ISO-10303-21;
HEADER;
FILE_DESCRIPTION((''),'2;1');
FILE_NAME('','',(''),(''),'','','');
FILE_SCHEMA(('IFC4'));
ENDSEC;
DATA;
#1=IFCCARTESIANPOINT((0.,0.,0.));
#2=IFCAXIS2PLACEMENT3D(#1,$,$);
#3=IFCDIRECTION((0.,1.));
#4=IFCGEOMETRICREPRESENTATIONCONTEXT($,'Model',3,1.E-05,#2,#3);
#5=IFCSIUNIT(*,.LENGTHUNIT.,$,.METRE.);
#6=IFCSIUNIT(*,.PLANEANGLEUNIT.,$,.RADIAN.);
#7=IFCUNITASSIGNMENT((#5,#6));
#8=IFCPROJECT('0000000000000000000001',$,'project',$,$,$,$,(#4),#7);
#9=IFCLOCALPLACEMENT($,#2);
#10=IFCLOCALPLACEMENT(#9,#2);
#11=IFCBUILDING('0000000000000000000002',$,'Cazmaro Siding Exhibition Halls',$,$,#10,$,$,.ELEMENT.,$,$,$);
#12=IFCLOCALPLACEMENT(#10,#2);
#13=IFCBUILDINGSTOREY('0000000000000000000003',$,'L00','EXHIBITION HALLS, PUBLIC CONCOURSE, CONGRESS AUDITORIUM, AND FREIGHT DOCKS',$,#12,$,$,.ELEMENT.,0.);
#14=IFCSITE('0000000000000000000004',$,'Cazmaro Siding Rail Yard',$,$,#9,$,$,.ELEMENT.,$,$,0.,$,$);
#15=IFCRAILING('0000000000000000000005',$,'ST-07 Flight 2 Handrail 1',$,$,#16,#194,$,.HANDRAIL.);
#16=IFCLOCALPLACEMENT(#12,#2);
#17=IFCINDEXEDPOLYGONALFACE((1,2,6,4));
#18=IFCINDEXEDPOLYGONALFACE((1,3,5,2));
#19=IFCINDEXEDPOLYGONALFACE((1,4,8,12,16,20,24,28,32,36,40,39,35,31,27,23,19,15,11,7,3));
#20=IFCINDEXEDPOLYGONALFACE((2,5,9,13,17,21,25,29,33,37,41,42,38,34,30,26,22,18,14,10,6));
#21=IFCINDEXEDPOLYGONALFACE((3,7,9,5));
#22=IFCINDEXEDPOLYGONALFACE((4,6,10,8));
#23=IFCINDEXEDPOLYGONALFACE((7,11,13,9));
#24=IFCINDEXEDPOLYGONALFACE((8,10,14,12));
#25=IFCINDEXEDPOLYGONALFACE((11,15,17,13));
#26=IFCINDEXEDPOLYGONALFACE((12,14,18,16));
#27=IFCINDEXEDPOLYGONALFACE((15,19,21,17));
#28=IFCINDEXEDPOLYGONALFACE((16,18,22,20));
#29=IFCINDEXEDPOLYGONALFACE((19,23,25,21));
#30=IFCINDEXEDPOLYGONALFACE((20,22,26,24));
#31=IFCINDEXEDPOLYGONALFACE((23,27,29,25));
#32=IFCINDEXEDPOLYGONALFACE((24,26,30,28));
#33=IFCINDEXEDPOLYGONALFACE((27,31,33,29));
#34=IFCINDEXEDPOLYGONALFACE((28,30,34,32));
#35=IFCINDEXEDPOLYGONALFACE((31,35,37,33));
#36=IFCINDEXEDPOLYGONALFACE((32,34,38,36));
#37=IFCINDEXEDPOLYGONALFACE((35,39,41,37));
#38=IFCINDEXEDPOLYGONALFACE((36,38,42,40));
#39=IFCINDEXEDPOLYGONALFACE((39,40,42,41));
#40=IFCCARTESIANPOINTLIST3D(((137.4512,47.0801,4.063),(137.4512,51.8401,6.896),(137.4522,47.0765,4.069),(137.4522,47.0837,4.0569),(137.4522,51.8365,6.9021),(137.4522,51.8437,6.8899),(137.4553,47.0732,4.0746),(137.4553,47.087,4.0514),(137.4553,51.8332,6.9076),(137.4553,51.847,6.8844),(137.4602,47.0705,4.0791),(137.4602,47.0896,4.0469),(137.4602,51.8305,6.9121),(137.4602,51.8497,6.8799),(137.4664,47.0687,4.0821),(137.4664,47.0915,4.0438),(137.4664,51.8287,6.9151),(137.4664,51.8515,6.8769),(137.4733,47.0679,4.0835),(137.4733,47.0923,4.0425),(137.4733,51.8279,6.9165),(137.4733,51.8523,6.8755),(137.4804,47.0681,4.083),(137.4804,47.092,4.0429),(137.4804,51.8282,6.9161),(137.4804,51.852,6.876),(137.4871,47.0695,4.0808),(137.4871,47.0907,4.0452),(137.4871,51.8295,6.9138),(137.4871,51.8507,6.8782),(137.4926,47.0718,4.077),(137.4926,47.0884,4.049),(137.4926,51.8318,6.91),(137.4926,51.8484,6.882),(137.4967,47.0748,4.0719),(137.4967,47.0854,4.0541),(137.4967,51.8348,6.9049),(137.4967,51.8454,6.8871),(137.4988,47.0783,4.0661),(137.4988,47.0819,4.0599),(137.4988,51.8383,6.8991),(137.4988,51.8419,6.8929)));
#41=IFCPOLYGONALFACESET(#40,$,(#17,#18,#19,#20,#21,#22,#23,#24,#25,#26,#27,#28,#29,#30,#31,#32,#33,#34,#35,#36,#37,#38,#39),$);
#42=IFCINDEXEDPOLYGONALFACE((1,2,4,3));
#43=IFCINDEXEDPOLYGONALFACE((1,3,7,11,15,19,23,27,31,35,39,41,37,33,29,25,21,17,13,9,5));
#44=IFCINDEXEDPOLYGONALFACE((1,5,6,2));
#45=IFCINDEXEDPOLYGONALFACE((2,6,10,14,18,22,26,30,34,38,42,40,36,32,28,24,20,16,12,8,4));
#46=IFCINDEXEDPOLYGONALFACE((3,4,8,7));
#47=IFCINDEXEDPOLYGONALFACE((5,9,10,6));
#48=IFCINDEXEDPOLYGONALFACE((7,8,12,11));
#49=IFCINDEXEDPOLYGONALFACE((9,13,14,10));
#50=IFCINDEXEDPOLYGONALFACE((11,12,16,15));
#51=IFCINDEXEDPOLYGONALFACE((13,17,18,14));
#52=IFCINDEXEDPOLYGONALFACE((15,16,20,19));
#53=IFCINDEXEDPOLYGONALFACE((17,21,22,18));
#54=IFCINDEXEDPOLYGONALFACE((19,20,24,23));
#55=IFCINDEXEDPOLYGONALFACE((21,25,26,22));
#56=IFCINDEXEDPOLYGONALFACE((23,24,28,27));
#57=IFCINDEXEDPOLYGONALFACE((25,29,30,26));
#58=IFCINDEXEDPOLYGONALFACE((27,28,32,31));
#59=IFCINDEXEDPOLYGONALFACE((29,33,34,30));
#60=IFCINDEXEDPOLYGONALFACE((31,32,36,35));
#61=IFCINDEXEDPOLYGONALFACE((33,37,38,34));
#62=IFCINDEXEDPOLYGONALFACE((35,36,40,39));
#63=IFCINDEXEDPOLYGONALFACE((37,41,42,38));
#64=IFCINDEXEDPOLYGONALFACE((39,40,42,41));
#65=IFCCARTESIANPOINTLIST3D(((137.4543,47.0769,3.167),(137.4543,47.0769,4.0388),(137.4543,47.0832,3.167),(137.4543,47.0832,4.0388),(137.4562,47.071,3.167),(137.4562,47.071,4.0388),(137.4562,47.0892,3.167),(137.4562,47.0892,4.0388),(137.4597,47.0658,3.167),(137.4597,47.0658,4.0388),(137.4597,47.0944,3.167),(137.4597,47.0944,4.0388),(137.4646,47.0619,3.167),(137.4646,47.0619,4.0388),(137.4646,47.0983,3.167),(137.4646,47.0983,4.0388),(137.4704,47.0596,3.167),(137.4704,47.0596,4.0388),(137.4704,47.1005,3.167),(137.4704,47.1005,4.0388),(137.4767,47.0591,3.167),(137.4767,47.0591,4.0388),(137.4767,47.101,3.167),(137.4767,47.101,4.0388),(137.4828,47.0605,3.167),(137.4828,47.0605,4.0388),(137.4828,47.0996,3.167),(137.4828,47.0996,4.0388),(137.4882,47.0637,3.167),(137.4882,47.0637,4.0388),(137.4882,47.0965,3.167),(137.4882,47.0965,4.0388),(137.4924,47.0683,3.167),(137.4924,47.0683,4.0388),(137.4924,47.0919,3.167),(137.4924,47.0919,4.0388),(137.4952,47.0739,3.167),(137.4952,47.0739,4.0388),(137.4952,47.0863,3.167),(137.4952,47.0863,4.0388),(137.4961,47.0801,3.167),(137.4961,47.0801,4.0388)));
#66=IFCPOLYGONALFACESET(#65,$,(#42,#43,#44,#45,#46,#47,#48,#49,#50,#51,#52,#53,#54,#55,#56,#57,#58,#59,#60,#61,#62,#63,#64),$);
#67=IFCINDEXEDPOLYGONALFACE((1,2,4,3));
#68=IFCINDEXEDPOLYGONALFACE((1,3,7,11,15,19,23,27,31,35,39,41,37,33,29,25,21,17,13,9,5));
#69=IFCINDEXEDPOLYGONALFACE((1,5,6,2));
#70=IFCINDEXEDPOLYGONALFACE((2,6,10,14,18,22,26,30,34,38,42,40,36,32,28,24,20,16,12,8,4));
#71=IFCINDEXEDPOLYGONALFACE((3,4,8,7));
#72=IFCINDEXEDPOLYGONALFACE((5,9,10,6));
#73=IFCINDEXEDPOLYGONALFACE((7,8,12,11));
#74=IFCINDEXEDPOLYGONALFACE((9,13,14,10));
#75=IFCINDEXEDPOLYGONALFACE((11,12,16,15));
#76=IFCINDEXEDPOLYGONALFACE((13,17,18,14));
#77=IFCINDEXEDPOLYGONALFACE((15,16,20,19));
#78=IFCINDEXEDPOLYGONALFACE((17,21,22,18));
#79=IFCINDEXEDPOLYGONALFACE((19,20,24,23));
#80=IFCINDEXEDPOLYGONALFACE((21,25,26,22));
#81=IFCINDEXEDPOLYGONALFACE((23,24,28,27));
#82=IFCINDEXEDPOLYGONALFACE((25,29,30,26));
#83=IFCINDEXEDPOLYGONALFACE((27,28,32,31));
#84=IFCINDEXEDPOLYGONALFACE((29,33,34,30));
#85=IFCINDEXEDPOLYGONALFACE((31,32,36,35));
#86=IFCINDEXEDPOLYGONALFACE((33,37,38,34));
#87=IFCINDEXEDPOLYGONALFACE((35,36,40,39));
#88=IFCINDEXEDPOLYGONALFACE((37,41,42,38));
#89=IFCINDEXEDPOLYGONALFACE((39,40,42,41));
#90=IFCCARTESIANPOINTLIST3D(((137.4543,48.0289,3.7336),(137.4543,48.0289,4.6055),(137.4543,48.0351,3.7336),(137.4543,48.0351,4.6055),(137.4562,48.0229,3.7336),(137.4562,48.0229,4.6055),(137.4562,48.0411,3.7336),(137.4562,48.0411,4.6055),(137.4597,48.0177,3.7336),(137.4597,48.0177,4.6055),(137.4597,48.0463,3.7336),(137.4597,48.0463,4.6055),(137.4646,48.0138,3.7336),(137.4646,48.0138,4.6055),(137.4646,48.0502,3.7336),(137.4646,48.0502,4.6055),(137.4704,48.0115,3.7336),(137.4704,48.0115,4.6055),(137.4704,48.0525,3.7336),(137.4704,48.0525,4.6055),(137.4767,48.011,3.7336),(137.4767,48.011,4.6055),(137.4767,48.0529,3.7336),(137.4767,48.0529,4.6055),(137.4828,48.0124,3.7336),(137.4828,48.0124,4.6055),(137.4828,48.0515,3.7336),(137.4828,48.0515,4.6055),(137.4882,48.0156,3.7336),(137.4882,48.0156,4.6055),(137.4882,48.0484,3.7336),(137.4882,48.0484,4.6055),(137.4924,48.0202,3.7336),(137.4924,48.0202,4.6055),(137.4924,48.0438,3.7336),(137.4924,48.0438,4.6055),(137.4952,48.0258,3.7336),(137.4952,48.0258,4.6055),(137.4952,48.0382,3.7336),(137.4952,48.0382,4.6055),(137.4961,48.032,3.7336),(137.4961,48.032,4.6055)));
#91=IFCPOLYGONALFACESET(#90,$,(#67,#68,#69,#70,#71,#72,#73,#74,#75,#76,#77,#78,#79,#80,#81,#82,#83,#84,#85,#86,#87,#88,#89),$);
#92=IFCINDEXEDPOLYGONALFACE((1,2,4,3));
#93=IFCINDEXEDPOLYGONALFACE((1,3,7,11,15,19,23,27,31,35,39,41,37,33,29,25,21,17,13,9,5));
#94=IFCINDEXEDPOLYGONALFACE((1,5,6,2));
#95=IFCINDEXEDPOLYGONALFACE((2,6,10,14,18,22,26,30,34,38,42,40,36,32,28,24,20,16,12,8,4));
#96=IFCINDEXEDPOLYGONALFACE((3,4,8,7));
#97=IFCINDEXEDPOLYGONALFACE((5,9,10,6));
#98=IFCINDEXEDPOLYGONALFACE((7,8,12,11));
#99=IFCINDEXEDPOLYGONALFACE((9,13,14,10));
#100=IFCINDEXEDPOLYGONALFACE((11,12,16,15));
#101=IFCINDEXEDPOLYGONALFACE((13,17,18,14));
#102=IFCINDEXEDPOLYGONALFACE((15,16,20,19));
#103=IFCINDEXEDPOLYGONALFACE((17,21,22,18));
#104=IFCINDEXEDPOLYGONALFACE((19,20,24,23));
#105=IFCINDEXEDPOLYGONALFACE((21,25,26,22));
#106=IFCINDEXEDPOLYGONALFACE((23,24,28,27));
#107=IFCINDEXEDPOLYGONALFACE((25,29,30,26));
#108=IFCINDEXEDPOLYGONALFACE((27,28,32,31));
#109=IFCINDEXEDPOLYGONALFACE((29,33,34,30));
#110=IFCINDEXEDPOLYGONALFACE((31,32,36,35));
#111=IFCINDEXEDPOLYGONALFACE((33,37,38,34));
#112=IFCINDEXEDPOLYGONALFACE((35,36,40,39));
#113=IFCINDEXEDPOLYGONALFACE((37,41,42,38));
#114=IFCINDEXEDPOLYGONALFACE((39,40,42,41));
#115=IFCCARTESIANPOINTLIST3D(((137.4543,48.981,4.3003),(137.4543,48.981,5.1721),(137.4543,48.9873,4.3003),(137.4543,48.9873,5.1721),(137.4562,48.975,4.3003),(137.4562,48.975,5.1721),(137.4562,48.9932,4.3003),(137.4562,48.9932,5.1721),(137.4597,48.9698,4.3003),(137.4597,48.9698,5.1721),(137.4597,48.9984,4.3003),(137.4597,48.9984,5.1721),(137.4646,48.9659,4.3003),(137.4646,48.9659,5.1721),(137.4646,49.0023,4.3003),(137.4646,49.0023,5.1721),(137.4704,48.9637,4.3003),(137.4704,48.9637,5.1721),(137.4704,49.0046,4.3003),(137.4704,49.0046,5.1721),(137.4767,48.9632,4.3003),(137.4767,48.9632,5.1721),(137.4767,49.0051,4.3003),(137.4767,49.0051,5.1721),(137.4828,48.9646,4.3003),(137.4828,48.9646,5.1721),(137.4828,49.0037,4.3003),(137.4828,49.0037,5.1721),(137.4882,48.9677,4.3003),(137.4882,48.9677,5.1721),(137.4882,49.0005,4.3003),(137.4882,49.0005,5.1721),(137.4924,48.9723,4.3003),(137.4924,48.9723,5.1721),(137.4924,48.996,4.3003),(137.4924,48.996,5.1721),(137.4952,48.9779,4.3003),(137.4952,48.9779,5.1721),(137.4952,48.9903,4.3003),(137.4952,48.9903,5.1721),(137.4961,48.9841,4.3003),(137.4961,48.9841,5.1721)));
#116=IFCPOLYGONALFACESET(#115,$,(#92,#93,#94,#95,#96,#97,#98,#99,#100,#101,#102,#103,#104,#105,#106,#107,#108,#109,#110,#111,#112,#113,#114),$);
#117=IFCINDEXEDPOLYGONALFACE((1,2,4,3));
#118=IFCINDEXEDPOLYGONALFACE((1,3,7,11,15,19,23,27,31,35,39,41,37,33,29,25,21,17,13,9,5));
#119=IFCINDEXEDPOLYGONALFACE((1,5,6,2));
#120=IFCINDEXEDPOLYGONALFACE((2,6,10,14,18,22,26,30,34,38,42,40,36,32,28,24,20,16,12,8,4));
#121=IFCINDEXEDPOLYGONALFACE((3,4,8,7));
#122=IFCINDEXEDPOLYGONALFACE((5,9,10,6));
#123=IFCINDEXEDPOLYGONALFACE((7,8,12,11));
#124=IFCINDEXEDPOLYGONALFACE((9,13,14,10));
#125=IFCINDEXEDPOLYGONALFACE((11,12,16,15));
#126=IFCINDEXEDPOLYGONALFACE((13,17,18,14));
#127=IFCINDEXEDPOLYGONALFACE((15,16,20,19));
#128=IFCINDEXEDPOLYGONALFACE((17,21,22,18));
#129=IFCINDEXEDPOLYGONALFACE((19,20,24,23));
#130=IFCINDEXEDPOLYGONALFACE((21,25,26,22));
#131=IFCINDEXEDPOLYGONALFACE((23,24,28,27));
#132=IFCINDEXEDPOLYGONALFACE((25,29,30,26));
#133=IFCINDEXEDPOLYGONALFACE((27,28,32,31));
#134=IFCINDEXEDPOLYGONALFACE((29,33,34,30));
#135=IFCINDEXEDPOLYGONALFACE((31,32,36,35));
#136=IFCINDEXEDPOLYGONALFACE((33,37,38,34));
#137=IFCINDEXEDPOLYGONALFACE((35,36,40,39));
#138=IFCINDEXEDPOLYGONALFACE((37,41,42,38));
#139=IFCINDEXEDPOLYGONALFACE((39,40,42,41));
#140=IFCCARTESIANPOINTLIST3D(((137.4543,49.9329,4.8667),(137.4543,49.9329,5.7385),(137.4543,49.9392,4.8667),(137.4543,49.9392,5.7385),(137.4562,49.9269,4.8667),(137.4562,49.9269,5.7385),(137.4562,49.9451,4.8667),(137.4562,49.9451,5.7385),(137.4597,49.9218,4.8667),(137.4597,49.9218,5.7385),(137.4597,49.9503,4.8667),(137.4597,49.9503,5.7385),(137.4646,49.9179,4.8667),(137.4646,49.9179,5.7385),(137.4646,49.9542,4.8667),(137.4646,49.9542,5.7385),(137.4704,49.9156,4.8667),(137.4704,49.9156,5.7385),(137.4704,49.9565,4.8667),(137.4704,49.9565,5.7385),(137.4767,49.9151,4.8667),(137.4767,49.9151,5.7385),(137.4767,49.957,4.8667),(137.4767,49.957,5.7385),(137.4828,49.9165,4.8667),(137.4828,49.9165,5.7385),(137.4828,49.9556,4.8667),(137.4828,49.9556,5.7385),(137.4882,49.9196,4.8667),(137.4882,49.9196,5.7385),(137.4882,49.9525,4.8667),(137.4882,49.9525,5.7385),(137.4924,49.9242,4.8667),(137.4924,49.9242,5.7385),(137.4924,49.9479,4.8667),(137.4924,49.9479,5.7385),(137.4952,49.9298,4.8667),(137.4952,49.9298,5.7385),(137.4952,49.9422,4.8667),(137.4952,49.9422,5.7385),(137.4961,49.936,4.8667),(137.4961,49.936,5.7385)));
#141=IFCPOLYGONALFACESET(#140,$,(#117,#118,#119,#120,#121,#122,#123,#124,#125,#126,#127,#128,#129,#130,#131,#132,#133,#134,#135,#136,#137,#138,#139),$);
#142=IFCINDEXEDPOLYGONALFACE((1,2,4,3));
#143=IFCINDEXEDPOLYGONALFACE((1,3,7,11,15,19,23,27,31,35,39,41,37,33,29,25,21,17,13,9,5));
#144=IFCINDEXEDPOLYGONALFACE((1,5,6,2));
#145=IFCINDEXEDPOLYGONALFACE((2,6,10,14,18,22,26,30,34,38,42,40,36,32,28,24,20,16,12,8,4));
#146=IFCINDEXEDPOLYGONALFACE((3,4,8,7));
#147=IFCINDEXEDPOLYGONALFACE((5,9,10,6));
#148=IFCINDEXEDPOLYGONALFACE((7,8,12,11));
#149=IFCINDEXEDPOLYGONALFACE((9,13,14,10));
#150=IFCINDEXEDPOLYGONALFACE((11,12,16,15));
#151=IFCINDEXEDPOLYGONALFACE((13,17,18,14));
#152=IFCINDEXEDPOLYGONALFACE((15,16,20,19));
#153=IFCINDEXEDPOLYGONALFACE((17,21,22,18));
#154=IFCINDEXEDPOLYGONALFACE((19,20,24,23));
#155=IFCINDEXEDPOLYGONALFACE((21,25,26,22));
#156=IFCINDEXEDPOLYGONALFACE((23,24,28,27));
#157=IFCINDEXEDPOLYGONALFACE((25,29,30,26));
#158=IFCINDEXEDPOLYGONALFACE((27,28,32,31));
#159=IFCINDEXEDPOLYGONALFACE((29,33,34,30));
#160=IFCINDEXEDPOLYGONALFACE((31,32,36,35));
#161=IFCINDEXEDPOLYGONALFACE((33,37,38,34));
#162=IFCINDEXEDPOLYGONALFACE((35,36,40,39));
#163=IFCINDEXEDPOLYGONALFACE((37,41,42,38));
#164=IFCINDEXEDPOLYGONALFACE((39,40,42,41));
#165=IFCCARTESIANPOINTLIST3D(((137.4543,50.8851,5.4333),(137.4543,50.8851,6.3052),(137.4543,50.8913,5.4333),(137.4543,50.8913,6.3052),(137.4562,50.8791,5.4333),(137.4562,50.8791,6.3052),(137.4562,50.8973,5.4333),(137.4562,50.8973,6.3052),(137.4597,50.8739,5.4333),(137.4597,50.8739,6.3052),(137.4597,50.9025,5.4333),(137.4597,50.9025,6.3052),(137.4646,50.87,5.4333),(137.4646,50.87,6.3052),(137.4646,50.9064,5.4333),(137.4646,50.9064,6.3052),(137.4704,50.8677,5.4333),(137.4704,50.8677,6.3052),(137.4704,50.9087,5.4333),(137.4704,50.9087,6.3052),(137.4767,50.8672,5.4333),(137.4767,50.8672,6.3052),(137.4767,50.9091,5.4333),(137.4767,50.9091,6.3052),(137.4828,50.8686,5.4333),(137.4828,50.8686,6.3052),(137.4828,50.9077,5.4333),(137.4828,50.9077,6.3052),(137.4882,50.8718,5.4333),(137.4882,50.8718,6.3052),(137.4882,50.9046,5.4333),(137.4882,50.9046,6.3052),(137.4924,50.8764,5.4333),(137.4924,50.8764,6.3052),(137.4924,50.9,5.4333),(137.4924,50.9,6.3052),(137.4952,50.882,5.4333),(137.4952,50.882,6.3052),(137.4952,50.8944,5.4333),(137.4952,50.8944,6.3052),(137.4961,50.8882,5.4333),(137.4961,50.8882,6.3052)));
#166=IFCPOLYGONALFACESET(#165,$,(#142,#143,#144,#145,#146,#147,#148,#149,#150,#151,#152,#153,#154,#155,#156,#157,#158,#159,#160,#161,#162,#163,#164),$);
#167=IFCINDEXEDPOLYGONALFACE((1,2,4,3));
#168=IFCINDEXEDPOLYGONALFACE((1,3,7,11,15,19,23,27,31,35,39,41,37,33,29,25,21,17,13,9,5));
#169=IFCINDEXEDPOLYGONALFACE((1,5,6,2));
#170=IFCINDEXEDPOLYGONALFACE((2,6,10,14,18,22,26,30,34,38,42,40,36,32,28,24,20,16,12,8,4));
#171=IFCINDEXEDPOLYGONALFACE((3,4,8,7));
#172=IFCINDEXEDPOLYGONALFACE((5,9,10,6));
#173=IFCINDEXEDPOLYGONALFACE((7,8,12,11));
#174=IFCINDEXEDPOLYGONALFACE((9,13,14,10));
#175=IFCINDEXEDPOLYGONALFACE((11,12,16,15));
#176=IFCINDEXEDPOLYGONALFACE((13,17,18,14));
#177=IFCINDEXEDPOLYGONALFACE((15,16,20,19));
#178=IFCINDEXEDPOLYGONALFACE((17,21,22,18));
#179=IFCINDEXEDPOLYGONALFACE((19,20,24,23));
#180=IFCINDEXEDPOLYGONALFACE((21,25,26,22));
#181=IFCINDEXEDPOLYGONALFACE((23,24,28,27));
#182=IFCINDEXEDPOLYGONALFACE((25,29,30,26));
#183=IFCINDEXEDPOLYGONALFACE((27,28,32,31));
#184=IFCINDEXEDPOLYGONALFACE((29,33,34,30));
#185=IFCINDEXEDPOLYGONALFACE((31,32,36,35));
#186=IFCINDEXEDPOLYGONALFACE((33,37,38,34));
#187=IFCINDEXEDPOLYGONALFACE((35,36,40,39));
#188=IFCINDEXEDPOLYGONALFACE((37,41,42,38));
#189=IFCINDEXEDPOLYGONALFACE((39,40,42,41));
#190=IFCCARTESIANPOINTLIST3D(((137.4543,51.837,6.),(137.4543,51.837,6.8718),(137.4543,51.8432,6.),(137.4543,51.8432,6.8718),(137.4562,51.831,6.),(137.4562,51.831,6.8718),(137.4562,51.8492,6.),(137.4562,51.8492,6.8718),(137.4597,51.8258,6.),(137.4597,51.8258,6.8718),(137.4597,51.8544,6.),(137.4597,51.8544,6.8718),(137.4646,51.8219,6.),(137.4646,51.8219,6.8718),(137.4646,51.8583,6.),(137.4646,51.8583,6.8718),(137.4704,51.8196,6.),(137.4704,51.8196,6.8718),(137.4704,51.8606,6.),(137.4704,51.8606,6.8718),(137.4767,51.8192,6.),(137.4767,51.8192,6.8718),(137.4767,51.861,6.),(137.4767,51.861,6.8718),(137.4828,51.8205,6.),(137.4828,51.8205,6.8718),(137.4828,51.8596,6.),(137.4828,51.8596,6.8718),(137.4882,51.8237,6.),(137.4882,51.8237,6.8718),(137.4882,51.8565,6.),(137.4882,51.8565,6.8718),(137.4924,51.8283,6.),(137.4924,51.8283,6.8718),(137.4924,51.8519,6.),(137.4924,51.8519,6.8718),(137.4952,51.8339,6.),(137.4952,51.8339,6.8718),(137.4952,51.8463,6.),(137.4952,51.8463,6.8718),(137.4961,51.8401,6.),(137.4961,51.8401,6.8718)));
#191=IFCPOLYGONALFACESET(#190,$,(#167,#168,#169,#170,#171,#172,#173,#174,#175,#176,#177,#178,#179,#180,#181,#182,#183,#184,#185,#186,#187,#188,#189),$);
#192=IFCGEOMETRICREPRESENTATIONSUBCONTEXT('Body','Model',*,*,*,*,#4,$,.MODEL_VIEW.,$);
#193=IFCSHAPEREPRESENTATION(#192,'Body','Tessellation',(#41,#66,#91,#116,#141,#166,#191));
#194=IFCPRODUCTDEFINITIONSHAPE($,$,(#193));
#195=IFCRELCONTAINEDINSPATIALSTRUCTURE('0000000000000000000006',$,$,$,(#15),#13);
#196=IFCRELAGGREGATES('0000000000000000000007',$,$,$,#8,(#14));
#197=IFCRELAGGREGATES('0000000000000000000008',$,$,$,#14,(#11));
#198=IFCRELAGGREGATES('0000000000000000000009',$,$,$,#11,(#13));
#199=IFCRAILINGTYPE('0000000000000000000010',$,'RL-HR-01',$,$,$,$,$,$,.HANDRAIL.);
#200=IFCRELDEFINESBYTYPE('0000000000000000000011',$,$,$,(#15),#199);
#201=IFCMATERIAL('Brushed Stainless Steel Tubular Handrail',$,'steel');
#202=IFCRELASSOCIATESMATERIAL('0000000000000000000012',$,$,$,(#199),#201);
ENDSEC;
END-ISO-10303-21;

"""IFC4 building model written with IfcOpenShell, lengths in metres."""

from ifc_helpers import new_model, si_unit, direction, frame, origin, origin_2d, place, context, subcontext, project, spatial, circle, extrude, material, type_object, element, save


model = new_model("IFC4")

# Units and contexts
model_context = context("Model", 3, precision=1e-05, world=origin(), true_north=direction((0.0, 1.0)))
body_context = subcontext(model_context, "Body", "Model", "MODEL_VIEW")
ifc_project = project(units=[si_unit("LENGTHUNIT", "METRE"), si_unit("PLANEANGLEUNIT", "RADIAN")], contexts=[model_context])

# Site, building, storey
site_placement = place(None, origin())
site = spatial("IfcSite", under=ifc_project, at=site_placement, Name="Cazmaro Siding Rail Yard", CompositionType="ELEMENT", RefElevation=0.0)
building_placement = place(site_placement, origin())
building = spatial("IfcBuilding", under=site, at=building_placement, Name="Cazmaro Siding Exhibition Halls", CompositionType="ELEMENT")
storey_placement = place(building_placement, origin())
storey = spatial("IfcBuildingStorey", under=building, at=storey_placement, Name="L00", Description="EXHIBITION HALLS, PUBLIC CONCOURSE, CONGRESS AUDITORIUM, AND FREIGHT DOCKS", CompositionType="ELEMENT", Elevation=0.0)

# Railing
ifc_material_1 = material(Name="Brushed Stainless Steel Tubular Handrail", Category="steel")
railing_type_1 = type_object("IfcRailingType", Name="RL-HR-01", PredefinedType="HANDRAIL", material=ifc_material_1)
for number, where, name in (
    (1, (137.4751, 47.0801, 3.167), "ST-07 Flight 2 Handrail 1"),
):
    element("IfcRailing", number, at=place(storey_placement, frame(where)), inside=storey, type_object=railing_type_1, Name=name, PredefinedType="HANDRAIL", context=body_context, shape_type="SweptSolid", body=[
        extrude(circle(Radius=0.0239, at=origin_2d()), frame((0.0, 0.0, 0.896), z_axis=(0.0, 0.859319, 0.51144), x_axis=(-1.0, 0.0, 0.0)), (0.0, 0.0, 1.0), 5.5393),
        extrude(circle(Radius=0.021, at=origin_2d()), origin(), (0.0, 0.0, 1.0), 0.8718),
        extrude(circle(Radius=0.021, at=origin_2d()), frame((0.0, 0.9519, 0.5667)), (0.0, 0.0, 1.0), 0.8718),
        extrude(circle(Radius=0.021, at=origin_2d()), frame((0.0, 1.9041, 1.1333)), (0.0, 0.0, 1.0), 0.8718),
        extrude(circle(Radius=0.021, at=origin_2d()), frame((0.0, 2.856, 1.6997)), (0.0, 0.0, 1.0), 0.8718),
        extrude(circle(Radius=0.021, at=origin_2d()), frame((0.0, 3.8081, 2.2664)), (0.0, 0.0, 1.0), 0.8718),
        extrude(circle(Radius=0.021, at=origin_2d()), frame((0.0, 4.76, 2.833)), (0.0, 0.0, 1.0), 0.8718),
    ])

save(model, "model.ifc")
